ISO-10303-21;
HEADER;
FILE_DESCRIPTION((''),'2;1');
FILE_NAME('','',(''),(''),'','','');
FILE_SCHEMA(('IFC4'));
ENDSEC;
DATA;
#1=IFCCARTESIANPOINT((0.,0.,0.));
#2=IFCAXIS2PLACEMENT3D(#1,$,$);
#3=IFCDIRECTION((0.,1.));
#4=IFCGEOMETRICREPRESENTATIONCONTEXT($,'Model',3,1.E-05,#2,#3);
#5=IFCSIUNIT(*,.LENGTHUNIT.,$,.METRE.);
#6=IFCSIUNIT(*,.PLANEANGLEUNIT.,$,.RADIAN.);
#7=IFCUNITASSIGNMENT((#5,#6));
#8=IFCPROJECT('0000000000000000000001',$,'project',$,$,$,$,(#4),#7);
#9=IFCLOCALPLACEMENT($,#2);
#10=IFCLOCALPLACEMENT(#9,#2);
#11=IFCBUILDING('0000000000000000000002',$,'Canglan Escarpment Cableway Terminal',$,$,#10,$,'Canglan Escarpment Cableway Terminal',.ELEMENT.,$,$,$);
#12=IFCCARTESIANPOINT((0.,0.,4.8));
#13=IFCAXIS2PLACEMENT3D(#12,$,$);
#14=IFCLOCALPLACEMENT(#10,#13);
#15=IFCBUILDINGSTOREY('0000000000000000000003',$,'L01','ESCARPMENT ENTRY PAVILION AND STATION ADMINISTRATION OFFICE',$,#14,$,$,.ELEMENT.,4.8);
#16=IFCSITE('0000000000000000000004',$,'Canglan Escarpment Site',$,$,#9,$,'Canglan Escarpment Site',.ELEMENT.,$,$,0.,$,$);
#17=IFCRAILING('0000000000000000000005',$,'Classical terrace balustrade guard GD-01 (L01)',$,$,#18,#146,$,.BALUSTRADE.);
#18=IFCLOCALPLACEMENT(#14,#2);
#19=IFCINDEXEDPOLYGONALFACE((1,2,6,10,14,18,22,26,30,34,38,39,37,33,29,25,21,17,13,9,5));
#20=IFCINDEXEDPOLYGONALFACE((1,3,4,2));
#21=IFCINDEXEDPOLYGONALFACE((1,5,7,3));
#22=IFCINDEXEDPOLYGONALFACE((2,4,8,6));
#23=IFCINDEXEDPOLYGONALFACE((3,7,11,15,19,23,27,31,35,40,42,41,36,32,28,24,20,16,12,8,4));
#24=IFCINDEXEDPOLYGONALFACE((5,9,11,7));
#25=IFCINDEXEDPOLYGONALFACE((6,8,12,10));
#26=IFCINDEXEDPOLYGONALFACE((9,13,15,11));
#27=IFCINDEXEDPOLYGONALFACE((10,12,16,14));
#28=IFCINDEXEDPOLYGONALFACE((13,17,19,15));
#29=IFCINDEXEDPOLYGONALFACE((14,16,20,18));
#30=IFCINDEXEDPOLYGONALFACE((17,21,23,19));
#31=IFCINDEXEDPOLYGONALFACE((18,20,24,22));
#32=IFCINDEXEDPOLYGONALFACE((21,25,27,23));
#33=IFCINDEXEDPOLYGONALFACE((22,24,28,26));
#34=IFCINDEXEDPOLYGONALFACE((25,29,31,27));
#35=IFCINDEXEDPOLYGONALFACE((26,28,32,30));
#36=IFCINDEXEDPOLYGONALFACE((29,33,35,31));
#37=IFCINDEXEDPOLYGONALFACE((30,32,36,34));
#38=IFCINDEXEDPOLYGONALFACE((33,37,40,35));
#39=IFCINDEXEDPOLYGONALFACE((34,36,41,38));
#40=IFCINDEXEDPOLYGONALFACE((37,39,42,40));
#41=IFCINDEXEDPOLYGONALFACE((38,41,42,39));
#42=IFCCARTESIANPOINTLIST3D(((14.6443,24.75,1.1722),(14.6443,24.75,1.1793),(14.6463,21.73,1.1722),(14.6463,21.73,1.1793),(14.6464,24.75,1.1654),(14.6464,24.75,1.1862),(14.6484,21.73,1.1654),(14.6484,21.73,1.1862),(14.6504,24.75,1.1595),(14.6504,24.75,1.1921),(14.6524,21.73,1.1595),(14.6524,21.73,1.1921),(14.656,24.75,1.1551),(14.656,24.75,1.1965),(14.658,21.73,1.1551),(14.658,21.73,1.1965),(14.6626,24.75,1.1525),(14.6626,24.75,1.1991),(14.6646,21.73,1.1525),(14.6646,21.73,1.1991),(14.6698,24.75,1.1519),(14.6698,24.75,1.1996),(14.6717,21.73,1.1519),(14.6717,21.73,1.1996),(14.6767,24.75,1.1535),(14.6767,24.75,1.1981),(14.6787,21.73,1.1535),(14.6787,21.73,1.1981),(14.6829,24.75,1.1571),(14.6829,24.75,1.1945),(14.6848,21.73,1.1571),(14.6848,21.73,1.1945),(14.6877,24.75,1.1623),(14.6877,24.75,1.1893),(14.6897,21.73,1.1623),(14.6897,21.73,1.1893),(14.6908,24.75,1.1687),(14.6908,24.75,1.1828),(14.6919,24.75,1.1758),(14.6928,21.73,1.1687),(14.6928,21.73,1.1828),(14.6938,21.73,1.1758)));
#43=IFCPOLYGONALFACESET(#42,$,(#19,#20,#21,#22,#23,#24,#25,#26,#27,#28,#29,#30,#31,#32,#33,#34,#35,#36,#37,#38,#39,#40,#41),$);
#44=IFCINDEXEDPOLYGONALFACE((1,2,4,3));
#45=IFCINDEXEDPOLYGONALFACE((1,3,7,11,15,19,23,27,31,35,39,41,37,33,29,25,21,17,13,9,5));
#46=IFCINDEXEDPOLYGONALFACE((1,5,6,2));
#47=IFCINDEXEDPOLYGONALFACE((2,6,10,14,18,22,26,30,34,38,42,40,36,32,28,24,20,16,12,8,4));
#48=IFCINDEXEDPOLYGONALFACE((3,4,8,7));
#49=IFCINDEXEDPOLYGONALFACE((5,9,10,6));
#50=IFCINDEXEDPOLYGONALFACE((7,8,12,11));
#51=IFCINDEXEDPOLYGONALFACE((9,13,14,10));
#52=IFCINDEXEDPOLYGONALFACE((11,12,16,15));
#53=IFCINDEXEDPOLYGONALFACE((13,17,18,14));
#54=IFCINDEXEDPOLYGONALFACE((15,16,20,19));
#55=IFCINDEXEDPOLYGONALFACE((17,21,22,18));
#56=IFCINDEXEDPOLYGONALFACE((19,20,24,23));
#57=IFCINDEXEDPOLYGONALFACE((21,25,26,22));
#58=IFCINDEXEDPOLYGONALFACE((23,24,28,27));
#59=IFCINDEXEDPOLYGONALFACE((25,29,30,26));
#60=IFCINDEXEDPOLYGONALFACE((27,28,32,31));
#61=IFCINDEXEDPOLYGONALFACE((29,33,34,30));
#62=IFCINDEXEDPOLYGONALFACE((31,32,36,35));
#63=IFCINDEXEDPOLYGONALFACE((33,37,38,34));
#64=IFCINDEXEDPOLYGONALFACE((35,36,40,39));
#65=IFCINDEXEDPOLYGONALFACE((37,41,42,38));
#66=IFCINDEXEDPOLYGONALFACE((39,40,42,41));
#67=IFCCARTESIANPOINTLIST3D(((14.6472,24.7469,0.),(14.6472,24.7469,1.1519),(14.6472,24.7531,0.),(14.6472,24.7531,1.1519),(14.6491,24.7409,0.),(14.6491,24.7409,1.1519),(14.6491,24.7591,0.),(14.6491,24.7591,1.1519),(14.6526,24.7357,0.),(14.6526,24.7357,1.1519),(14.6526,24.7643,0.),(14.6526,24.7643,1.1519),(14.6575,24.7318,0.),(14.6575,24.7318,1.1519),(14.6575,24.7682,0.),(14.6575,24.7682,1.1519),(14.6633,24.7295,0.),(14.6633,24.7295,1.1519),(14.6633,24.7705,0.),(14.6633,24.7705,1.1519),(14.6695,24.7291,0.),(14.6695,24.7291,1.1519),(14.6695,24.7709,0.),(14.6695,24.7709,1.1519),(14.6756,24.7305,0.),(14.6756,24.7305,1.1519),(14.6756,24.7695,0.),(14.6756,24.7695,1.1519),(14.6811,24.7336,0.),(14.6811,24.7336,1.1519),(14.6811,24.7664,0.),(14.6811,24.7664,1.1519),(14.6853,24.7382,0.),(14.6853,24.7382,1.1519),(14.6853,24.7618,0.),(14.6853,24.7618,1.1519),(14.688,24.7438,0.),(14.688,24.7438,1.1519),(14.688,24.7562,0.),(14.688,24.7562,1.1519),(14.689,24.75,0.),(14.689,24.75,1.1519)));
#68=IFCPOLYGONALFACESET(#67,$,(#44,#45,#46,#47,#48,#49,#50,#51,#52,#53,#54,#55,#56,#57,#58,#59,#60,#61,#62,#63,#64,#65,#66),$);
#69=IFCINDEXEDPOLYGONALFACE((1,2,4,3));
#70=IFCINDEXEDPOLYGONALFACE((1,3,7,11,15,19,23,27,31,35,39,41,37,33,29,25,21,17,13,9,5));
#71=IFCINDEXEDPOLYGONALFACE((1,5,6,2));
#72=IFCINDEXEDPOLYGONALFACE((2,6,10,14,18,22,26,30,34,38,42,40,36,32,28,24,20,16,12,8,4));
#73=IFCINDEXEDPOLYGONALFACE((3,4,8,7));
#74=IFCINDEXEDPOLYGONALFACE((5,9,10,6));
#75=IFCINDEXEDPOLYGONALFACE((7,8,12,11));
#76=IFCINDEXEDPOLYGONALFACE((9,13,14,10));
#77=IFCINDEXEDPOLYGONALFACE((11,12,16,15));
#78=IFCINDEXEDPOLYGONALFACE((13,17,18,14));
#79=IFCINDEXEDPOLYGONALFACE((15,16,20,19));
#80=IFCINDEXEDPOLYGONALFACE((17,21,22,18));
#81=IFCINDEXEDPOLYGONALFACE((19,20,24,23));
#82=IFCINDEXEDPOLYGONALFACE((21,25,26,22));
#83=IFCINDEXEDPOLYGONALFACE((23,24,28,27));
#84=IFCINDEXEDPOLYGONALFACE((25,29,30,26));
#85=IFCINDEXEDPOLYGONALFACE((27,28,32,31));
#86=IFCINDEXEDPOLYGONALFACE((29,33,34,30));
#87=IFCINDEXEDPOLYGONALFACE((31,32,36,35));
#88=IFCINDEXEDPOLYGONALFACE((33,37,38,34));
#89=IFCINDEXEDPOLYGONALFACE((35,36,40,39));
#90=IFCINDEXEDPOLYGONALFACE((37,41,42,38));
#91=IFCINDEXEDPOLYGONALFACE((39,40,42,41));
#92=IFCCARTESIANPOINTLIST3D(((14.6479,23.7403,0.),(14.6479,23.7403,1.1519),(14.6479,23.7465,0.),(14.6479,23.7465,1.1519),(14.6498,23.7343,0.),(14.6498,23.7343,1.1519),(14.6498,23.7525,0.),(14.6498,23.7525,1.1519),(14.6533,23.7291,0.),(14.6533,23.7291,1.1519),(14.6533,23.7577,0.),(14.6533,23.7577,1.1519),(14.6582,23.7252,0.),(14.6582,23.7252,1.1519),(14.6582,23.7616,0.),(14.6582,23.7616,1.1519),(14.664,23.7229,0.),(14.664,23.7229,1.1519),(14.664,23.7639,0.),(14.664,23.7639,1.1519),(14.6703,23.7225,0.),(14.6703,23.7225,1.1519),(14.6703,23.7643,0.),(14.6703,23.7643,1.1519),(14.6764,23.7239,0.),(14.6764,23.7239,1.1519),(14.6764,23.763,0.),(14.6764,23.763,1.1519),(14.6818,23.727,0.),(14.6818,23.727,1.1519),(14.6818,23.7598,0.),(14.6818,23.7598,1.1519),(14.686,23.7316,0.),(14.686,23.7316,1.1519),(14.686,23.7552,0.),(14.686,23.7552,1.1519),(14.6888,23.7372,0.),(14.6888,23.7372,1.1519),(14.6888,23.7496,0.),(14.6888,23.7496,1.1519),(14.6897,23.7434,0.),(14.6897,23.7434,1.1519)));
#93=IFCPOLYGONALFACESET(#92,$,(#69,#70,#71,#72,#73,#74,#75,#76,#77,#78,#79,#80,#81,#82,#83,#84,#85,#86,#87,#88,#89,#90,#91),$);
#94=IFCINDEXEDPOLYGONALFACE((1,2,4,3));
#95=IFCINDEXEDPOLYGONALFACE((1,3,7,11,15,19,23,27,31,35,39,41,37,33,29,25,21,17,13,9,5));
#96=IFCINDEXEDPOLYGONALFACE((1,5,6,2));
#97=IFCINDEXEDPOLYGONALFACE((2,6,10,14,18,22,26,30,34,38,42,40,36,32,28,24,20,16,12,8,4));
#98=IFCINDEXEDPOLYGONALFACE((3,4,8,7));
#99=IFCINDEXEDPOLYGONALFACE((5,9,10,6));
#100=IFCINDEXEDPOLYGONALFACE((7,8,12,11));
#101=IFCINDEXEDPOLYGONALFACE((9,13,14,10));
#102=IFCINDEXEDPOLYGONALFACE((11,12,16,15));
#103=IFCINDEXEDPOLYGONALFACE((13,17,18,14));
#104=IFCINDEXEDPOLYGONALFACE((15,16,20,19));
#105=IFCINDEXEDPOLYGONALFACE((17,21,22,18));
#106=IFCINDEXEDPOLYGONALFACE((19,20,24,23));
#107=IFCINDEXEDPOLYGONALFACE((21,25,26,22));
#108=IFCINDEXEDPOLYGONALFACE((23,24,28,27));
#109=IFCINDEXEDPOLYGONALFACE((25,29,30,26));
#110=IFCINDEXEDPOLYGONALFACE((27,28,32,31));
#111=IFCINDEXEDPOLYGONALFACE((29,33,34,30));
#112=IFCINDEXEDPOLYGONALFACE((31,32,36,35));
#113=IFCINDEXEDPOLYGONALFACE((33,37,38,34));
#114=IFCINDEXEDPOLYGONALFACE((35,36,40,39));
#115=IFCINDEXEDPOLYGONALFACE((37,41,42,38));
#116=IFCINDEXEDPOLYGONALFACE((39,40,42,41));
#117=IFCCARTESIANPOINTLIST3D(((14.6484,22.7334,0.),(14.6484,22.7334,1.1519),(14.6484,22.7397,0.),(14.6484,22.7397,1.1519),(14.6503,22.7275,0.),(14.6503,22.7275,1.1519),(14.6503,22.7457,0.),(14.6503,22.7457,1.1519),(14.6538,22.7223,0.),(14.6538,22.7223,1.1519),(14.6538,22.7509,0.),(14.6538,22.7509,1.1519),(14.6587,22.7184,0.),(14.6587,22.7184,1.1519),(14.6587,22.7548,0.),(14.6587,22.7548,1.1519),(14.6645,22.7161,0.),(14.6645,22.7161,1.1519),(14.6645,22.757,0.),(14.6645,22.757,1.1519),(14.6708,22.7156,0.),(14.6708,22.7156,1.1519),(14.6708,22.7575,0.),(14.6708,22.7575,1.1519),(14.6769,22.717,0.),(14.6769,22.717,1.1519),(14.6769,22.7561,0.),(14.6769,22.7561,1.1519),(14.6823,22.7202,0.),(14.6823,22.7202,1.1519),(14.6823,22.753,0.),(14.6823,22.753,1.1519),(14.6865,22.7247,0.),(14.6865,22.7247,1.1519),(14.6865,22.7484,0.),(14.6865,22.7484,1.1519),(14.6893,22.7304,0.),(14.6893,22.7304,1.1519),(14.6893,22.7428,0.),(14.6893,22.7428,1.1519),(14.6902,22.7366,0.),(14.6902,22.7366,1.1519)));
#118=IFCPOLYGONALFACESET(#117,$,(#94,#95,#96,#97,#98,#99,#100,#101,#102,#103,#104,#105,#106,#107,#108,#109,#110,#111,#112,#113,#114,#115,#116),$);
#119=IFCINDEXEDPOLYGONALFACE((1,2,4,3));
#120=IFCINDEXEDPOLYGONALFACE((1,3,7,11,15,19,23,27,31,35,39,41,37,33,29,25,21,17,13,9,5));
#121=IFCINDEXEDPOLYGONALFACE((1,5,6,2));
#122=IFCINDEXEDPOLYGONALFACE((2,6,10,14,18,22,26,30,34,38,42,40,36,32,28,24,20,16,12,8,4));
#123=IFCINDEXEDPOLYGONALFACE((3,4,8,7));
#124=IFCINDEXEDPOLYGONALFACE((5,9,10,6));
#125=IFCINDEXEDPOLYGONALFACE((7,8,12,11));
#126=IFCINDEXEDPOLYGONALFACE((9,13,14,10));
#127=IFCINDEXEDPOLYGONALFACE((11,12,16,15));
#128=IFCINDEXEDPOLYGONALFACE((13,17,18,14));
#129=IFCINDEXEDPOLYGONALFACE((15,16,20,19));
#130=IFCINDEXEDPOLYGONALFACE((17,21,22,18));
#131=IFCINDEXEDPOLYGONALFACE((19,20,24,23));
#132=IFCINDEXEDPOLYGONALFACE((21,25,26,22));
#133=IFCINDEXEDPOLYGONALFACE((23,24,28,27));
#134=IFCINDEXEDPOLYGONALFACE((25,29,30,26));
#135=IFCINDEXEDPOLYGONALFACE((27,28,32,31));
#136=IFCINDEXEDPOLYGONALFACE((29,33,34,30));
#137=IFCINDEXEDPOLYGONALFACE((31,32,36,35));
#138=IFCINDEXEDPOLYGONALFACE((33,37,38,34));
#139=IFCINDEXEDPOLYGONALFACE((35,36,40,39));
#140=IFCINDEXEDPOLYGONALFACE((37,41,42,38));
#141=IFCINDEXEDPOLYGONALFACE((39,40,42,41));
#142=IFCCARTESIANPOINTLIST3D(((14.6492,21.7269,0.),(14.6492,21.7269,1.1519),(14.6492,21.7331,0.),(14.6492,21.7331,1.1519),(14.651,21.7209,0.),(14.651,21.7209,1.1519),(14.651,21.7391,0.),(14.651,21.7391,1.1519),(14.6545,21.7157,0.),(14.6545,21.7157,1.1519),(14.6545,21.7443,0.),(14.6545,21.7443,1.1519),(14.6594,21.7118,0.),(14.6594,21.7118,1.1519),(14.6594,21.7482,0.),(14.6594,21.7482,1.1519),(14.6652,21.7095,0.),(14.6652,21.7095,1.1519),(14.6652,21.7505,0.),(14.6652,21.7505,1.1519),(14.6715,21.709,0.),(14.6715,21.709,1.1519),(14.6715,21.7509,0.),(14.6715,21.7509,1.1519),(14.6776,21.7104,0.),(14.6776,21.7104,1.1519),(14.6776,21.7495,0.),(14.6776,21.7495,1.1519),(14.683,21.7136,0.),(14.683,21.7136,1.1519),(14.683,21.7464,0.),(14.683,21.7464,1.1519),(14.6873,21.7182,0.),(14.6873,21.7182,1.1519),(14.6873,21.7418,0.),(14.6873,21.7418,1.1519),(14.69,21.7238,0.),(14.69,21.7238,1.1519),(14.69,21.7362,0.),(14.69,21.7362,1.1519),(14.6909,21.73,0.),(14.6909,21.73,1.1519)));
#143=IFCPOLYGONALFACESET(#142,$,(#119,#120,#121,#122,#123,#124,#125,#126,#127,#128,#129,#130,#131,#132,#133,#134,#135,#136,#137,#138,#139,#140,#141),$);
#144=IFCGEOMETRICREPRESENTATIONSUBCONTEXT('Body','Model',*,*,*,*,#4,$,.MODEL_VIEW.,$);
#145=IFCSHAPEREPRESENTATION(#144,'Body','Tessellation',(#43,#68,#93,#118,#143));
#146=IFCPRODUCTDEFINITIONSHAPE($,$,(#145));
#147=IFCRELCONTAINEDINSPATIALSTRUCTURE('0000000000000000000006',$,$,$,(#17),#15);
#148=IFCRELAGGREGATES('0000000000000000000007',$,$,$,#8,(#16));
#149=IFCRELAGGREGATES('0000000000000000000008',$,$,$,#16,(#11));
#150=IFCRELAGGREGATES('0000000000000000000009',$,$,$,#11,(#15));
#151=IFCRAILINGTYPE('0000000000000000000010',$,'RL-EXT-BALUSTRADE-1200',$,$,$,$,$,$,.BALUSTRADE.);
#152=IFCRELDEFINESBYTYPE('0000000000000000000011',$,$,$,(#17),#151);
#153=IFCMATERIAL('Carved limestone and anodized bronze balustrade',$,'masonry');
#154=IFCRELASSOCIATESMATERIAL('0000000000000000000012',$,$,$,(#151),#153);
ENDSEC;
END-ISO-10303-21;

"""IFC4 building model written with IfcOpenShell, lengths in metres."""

from ifc_helpers import new_model, si_unit, direction, frame, origin, origin_2d, place, context, subcontext, project, spatial, circle, extrude, material, type_object, element, save


model = new_model("IFC4")

# Units and contexts
model_context = context("Model", 3, precision=1e-05, world=origin(), true_north=direction((0.0, 1.0)))
body_context = subcontext(model_context, "Body", "Model", "MODEL_VIEW")
ifc_project = project(units=[si_unit("LENGTHUNIT", "METRE"), si_unit("PLANEANGLEUNIT", "RADIAN")], contexts=[model_context])

# Site, building, storey
site_placement = place(None, origin())
site = spatial("IfcSite", under=ifc_project, at=site_placement, Name="Canglan Escarpment Site", LongName="Canglan Escarpment Site", CompositionType="ELEMENT", RefElevation=0.0)
building_placement = place(site_placement, origin())
building = spatial("IfcBuilding", under=site, at=building_placement, Name="Canglan Escarpment Cableway Terminal", LongName="Canglan Escarpment Cableway Terminal", CompositionType="ELEMENT")
storey_placement = place(building_placement, frame((0.0, 0.0, 4.8)))
storey = spatial("IfcBuildingStorey", under=building, at=storey_placement, Name="L01", Description="ESCARPMENT ENTRY PAVILION AND STATION ADMINISTRATION OFFICE", CompositionType="ELEMENT", Elevation=4.8)

# Railing
ifc_material_1 = material(Name="Carved limestone and anodized bronze balustrade", Category="masonry")
railing_type = type_object("IfcRailingType", Name="RL-EXT-BALUSTRADE-1200", PredefinedType="BALUSTRADE", material=ifc_material_1)
railing_1_placement = place(storey_placement, frame((14.668, 24.75, 0.0)))
element("IfcRailing", 1, at=railing_1_placement, inside=storey, type_object=railing_type, Name="Classical terrace balustrade guard GD-01 (L01)", PredefinedType="BALUSTRADE", context=body_context, shape_type="SweptSolid", body=[
    extrude(circle(Radius=0.0239, at=origin_2d()), frame((0.0, 0.0, 1.1758), z_axis=(0.000647, -1.0, 0.0), x_axis=(1.0, 0.000647, 0.0)), (0.0, 0.0, 1.0), 3.02),
    extrude(circle(Radius=0.021, at=origin_2d()), origin(), (0.0, 0.0, 1.0), 1.1519),
    extrude(circle(Radius=0.021, at=origin_2d()), frame((0.0007, -1.0066, 0.0)), (0.0, 0.0, 1.0), 1.1519),
    extrude(circle(Radius=0.021, at=origin_2d()), frame((0.0012, -2.0134, 0.0)), (0.0, 0.0, 1.0), 1.1519),
    extrude(circle(Radius=0.021, at=origin_2d()), frame((0.002, -3.02, 0.0)), (0.0, 0.0, 1.0), 1.1519),
])

save(model, "model.ifc")
